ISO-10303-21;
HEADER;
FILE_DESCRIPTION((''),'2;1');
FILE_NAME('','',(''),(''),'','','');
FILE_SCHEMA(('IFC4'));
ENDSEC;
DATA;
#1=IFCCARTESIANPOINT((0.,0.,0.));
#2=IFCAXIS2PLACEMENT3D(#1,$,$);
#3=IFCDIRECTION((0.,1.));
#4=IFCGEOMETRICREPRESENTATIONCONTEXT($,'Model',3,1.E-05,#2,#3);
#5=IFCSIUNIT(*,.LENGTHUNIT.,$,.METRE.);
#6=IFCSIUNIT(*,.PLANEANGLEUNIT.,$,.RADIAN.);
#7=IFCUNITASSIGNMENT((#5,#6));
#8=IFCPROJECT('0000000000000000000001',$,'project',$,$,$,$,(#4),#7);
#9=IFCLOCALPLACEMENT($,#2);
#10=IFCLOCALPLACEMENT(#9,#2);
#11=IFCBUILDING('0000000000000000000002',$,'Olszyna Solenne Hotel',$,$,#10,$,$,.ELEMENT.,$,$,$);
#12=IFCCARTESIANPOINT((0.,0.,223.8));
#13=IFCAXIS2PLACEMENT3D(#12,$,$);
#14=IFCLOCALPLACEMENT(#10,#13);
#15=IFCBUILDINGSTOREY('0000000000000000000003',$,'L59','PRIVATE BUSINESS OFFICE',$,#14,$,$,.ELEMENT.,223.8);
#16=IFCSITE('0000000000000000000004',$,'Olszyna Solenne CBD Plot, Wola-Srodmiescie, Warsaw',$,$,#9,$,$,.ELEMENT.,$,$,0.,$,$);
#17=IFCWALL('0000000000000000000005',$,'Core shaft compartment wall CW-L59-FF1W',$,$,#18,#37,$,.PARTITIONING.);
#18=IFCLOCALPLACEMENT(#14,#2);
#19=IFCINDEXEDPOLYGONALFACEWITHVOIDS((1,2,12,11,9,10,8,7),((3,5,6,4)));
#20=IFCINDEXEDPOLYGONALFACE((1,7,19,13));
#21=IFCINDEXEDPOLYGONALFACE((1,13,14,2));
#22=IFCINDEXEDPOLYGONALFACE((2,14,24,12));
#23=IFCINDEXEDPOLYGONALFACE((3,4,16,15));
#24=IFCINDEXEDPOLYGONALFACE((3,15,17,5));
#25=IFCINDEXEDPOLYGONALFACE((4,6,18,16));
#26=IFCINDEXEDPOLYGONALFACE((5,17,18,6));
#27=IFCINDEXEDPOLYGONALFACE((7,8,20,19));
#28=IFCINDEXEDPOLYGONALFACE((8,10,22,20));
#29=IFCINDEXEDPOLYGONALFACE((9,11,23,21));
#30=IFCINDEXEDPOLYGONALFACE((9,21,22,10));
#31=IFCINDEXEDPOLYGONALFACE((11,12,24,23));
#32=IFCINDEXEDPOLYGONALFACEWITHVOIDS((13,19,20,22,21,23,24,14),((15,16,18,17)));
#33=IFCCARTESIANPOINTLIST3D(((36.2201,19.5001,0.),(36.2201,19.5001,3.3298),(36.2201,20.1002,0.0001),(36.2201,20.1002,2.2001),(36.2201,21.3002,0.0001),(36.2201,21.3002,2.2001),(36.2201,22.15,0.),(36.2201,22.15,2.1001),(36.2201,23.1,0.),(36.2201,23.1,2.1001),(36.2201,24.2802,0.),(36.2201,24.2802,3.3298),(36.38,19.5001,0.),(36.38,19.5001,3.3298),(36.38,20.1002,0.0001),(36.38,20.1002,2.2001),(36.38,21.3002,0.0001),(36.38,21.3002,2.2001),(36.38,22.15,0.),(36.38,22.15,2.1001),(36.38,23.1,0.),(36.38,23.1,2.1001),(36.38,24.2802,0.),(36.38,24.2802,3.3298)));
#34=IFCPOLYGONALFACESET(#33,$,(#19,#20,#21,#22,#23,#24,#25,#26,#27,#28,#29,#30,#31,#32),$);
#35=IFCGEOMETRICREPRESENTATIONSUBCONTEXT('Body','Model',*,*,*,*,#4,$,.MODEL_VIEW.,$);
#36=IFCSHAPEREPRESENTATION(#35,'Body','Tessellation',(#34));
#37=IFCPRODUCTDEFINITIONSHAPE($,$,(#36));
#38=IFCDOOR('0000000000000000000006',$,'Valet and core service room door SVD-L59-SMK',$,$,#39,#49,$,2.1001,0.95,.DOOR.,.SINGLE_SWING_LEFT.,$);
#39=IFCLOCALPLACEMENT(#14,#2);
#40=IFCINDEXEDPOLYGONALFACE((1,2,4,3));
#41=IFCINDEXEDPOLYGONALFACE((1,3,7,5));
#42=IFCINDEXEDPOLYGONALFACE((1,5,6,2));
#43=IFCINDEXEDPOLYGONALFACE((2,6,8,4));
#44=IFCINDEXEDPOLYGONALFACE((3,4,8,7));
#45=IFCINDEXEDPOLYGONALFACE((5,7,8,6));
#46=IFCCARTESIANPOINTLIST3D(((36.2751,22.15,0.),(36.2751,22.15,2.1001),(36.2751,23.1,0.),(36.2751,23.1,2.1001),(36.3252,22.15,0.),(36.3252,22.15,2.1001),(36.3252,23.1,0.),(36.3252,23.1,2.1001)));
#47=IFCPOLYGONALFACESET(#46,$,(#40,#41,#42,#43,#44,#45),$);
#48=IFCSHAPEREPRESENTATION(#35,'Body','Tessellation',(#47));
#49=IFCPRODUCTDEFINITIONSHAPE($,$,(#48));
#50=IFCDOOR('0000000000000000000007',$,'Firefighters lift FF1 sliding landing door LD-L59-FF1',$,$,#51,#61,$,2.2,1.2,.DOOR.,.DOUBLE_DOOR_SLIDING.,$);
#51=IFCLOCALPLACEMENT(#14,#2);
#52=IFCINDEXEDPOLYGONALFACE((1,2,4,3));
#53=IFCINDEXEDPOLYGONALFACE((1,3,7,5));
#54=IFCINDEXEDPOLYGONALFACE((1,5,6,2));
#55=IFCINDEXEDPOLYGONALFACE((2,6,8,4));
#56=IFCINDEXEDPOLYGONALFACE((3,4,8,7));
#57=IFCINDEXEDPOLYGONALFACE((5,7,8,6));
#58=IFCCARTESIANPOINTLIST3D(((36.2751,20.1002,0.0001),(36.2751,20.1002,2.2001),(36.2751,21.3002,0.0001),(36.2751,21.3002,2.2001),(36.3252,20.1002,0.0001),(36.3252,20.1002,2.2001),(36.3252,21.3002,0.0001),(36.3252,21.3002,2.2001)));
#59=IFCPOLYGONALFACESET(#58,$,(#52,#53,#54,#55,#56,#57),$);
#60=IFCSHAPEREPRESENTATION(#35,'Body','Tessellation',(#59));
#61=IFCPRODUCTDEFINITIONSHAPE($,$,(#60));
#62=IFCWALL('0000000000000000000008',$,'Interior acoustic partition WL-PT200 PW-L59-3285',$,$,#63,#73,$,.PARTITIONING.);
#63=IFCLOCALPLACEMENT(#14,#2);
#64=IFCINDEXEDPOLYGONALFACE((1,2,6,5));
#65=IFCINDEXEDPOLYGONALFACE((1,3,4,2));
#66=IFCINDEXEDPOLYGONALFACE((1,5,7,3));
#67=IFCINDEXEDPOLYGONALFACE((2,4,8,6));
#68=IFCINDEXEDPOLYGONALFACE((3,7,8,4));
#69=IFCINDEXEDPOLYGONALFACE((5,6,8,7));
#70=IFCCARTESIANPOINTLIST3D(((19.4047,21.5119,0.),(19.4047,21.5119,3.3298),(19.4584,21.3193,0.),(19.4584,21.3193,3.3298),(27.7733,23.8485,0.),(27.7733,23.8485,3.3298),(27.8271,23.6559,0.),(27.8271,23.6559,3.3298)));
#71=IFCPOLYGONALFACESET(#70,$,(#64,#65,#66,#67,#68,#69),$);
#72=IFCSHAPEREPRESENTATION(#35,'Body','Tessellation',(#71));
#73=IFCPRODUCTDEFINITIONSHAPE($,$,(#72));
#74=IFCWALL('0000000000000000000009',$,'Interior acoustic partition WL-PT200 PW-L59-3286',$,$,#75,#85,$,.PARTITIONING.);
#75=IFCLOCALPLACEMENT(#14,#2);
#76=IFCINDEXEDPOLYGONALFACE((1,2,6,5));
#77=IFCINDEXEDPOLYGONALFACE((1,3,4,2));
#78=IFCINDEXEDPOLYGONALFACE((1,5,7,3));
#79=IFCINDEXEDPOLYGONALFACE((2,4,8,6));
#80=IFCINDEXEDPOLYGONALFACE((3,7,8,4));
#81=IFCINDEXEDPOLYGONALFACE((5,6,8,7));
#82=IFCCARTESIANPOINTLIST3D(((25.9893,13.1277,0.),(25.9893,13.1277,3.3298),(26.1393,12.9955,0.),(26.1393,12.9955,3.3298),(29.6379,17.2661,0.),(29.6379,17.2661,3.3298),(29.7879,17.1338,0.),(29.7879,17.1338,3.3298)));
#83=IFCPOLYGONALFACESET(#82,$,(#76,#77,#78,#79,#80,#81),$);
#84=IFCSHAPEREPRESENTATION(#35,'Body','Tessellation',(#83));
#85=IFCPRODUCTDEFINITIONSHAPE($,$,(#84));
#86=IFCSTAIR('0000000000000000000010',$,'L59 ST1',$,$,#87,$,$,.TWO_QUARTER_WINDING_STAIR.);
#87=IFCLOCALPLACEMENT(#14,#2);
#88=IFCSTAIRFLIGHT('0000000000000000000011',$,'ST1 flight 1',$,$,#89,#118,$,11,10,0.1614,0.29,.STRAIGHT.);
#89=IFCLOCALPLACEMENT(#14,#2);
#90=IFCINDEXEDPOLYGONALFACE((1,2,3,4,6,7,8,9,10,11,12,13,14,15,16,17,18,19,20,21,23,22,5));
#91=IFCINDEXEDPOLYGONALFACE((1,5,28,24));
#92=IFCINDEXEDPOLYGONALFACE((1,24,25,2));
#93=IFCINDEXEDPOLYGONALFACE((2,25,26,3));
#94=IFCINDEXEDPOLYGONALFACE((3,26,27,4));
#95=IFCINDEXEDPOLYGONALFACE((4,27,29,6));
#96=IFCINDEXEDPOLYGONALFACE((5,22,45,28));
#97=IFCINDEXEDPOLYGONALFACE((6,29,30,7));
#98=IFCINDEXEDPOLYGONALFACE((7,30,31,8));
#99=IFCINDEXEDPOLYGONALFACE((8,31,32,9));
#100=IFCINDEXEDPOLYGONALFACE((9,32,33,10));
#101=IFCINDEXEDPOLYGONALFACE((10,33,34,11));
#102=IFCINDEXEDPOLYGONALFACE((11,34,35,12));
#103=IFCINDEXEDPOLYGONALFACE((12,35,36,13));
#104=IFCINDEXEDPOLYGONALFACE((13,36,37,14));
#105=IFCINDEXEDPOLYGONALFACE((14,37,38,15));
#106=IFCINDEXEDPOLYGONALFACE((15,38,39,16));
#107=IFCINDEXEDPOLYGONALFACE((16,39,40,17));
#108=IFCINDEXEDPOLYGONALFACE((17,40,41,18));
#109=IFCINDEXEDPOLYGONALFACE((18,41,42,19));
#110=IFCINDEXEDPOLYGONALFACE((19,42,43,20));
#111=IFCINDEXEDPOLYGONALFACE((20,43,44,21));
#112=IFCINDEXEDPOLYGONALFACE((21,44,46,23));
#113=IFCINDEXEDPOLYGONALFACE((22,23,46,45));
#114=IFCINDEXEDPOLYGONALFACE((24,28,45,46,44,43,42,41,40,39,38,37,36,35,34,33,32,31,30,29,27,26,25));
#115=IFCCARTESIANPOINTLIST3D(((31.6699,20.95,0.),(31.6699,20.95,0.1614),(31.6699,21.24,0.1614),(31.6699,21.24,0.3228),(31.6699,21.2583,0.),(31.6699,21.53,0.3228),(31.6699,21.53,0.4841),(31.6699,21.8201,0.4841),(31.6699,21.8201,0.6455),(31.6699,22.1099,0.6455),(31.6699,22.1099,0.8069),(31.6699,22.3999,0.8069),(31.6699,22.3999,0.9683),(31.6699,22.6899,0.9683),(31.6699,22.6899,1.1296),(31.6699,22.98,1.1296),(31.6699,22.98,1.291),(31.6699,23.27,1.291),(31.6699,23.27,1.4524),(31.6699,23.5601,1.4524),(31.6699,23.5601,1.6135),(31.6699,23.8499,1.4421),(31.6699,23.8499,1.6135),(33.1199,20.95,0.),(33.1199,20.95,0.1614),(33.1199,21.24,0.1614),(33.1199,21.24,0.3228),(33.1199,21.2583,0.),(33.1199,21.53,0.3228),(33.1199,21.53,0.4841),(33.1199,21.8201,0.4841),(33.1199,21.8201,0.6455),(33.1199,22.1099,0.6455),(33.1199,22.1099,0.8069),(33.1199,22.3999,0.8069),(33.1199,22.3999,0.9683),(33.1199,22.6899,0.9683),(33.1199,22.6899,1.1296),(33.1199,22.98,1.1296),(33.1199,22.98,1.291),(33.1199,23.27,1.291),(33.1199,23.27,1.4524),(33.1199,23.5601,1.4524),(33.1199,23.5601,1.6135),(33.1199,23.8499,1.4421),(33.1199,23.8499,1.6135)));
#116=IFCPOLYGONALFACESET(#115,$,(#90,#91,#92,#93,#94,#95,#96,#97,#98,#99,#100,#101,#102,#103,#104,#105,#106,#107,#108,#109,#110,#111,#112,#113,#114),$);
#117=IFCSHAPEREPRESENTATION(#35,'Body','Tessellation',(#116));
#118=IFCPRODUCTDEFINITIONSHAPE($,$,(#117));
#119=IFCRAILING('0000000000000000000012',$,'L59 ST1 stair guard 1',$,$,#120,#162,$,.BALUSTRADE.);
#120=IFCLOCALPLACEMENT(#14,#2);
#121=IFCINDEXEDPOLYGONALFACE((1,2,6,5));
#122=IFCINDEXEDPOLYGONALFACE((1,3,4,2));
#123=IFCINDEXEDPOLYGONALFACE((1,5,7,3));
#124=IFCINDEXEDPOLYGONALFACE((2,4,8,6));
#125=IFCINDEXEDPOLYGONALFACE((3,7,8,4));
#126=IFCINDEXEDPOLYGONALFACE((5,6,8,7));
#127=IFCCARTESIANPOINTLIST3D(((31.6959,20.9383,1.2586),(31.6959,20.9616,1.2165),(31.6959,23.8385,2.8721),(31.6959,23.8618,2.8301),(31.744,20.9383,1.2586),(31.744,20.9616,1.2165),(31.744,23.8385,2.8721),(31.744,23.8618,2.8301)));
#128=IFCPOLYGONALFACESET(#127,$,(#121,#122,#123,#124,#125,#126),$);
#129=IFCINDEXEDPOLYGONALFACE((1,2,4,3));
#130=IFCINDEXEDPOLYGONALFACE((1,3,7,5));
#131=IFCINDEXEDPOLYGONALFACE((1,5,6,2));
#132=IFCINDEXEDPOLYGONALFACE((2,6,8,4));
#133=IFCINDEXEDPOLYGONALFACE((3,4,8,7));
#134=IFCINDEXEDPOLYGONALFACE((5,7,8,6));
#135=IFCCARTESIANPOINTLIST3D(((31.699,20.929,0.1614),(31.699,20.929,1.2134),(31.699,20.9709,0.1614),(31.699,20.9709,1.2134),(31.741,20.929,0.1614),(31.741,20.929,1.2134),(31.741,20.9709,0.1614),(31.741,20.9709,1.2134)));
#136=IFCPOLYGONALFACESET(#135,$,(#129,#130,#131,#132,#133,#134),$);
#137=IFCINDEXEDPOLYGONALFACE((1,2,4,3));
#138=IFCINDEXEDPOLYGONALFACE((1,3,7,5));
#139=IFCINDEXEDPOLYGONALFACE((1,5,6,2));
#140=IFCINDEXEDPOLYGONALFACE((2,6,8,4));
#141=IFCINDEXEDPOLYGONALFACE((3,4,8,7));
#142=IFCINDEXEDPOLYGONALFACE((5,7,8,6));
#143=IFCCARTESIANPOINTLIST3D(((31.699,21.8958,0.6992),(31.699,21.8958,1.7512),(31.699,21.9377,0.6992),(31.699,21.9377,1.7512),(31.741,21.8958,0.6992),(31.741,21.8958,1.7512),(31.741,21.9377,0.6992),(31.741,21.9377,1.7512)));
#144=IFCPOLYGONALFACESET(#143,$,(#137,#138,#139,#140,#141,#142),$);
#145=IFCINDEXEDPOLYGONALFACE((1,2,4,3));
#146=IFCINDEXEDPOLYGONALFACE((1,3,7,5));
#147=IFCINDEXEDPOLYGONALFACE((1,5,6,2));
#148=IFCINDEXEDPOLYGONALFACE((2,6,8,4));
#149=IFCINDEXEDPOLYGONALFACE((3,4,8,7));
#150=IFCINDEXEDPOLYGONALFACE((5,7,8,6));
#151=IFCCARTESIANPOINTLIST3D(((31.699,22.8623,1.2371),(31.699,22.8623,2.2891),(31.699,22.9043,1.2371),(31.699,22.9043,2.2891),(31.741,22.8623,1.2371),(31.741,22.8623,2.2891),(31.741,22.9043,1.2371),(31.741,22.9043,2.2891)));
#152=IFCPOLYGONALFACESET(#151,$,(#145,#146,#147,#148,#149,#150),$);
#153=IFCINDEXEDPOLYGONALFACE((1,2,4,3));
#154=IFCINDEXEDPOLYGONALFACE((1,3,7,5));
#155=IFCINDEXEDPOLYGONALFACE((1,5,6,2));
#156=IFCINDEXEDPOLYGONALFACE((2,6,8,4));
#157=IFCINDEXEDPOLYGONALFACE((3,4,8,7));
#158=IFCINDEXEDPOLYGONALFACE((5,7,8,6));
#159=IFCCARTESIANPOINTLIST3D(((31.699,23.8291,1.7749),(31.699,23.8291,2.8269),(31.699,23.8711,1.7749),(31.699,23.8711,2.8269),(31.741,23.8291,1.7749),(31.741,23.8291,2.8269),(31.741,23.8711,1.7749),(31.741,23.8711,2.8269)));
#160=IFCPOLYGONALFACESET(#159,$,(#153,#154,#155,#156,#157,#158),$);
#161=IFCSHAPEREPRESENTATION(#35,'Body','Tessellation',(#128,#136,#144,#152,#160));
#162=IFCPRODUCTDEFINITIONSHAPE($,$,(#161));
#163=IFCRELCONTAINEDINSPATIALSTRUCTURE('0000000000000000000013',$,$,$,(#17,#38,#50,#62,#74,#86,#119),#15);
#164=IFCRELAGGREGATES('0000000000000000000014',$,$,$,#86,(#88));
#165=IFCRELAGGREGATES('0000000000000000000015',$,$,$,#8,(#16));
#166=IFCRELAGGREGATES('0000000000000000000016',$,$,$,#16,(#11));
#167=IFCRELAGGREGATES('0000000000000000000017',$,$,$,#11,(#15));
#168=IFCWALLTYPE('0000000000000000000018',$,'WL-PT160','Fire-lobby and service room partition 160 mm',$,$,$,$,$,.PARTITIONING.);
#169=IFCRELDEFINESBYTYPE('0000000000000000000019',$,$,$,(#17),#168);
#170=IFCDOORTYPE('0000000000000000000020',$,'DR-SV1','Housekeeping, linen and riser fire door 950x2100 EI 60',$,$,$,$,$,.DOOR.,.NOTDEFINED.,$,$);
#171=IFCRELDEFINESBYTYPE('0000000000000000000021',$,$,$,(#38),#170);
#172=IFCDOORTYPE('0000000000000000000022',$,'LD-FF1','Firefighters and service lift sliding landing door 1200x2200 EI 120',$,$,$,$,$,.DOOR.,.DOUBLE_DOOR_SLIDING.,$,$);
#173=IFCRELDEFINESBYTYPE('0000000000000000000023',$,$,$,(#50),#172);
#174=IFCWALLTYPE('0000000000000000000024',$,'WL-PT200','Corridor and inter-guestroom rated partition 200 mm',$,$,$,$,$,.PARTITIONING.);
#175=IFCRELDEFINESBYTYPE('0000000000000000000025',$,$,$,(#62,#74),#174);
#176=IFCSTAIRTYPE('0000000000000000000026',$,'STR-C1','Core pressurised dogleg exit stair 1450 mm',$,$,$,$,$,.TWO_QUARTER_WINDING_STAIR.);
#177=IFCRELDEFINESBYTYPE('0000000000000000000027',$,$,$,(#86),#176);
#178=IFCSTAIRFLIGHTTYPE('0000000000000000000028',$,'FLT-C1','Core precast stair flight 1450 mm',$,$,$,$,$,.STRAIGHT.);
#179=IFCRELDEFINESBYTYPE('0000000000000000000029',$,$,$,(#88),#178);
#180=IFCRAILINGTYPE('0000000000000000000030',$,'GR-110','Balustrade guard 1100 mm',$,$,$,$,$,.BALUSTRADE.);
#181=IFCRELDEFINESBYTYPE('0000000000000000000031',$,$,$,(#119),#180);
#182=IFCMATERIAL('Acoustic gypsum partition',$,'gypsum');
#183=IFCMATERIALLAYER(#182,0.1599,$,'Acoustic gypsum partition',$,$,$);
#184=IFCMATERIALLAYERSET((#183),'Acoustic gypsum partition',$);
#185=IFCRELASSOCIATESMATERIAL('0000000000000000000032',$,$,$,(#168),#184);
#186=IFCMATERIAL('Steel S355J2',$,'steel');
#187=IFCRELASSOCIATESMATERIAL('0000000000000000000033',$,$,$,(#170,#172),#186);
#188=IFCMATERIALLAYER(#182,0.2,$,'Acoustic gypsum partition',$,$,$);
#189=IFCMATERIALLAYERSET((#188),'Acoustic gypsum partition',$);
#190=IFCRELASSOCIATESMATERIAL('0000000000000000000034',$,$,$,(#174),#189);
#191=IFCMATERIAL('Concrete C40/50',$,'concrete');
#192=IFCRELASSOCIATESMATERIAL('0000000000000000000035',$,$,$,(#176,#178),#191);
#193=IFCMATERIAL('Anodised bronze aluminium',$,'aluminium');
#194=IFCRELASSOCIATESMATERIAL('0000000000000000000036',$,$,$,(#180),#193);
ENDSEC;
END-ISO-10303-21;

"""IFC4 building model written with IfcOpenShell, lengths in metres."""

from ifc_helpers import new_model, si_unit, direction, frame, frame_2d, origin, origin_2d, place, context, subcontext, project, spatial, polyline, rectangle, outline, extrude, source, transform, mapped, material, layer, layer_set, type_object, type_shapes, element, fill, aggregate, save


model = new_model("IFC4")

# Units and contexts
model_context = context("Model", 3, precision=1e-05, world=origin(), true_north=direction((0.0, 1.0)))
body_context = subcontext(model_context, "Body", "Model", "MODEL_VIEW")
ifc_project = project(units=[si_unit("LENGTHUNIT", "METRE"), si_unit("PLANEANGLEUNIT", "RADIAN")], contexts=[model_context])

# Site, building, storey
site_placement = place(None, origin())
site = spatial("IfcSite", under=ifc_project, at=site_placement, Name="Olszyna Solenne CBD Plot, Wola-Srodmiescie, Warsaw", CompositionType="ELEMENT", RefElevation=0.0)
building_placement = place(site_placement, origin())
building = spatial("IfcBuilding", under=site, at=building_placement, Name="Olszyna Solenne Hotel", CompositionType="ELEMENT")
storey_placement = place(building_placement, frame((0.0, 0.0, 223.8)))
storey = spatial("IfcBuildingStorey", under=building, at=storey_placement, Name="L59", Description="PRIVATE BUSINESS OFFICE", CompositionType="ELEMENT", Elevation=223.8)

# Shared definitions
ifc_material_1 = material(Name="Steel S355J2", Category="steel")

# Shared definitions
ifc_material_2 = material(Name="Anodised bronze aluminium", Category="aluminium")

# Shared definitions
ifc_material_3 = material(Name="Acoustic gypsum partition", Category="gypsum")
ifc_layer_1 = layer(ifc_material_3, 0.1599, Name="Acoustic gypsum partition")
ifc_layer_set_1 = layer_set([ifc_layer_1], Name="Acoustic gypsum partition")
wall_type_1 = type_object("IfcWallType", Name="WL-PT160", Description="Fire-lobby and service room partition 160 mm", PredefinedType="PARTITIONING", material=ifc_layer_set_1)

# Wall, openings, doors
wall_1_placement = place(storey_placement, frame((36.3, 19.5, 0.0), z_axis=(0.0, 0.0, 1.0), x_axis=(0.0, 1.0, 0.0)))
wall_1 = element("IfcWall", 1, at=wall_1_placement, inside=storey, type_object=wall_type_1, Name="Core shaft compartment wall CW-L59-FF1W", PredefinedType="PARTITIONING", context=body_context, shape_type="SweptSolid", body=[
    extrude(rectangle(XDim=4.78, YDim=0.1599, at=frame_2d((2.3901, 0.0))), origin(), (0.0, 0.0, 1.0), 3.3298),
])
opening_1_placement = place(wall_1_placement, frame((0.6001, 0.0, 0.0)))
opening_1 = element("IfcOpeningElement", 2, at=opening_1_placement, cuts=wall_1, PredefinedType="OPENING", context=body_context, shape_type="SweptSolid", body=[
    extrude(rectangle(XDim=1.2, YDim=2.2, at=frame_2d((0.6001, 1.1001))), frame((0.0, 0.0898, 0.0), z_axis=(0.0, -1.0, 0.0), x_axis=(1.0, 0.0, 0.0)), (0.0, 0.0, 1.0), 0.1799),
])
opening_2_placement = place(wall_1_placement, frame((2.6499, 0.0, 0.0)))
opening_2 = element("IfcOpeningElement", 3, at=opening_2_placement, cuts=wall_1, PredefinedType="OPENING", context=body_context, shape_type="SweptSolid", body=[
    extrude(rectangle(XDim=0.95, YDim=2.1001, at=frame_2d((0.4751, 1.05))), frame((0.0, 0.0898, 0.0), z_axis=(0.0, -1.0, 0.0), x_axis=(1.0, 0.0, 0.0)), (0.0, 0.0, 1.0), 0.1799),
])
door_type_1 = type_object("IfcDoorType", Name="DR-SV1", Description="Housekeeping, linen and riser fire door 950x2100 EI 60", OperationType="NOTDEFINED", PredefinedType="DOOR", material=ifc_material_1)
shared_shape_1 = source(origin(), body_context, "Body", "SweptSolid", [
    extrude(rectangle(XDim=0.95, YDim=2.1001, at=frame_2d((0.4751, 1.05))), frame((0.0, 0.0249, 0.0), z_axis=(0.0, -1.0, 0.0), x_axis=(1.0, 0.0, 0.0)), (0.0, 0.0, 1.0), 0.05),
])
type_shapes(door_type_1, [shared_shape_1])
door_1_placement = place(opening_2_placement, origin())
door_1 = element("IfcDoor", 4, at=door_1_placement, inside=storey, type_object=door_type_1, Name="Valet and core service room door SVD-L59-SMK", OperationType="SINGLE_SWING_LEFT", OverallHeight=2.1001, OverallWidth=0.95, PredefinedType="DOOR", context=body_context, shape_type="MappedRepresentation", body=[
    mapped(shared_shape_1, transform((0.0, 0.0, 0.0), x_axis=(1.0, 0.0, 0.0), y_axis=(0.0, 1.0, 0.0), z_axis=(0.0, 0.0, 1.0), scale=1.0)),
])
fill(opening_2, door_1)
door_type_2 = type_object("IfcDoorType", Name="LD-FF1", Description="Firefighters and service lift sliding landing door 1200x2200 EI 120", OperationType="DOUBLE_DOOR_SLIDING", PredefinedType="DOOR", material=ifc_material_1)
shared_shape_2 = source(origin(), body_context, "Body", "SweptSolid", [
    extrude(rectangle(XDim=1.2, YDim=2.2, at=frame_2d((0.6001, 1.1001))), frame((0.0, 0.0249, 0.0), z_axis=(0.0, -1.0, 0.0), x_axis=(1.0, 0.0, 0.0)), (0.0, 0.0, 1.0), 0.05),
])
type_shapes(door_type_2, [shared_shape_2])
door_2_placement = place(opening_1_placement, origin())
door_2 = element("IfcDoor", 5, at=door_2_placement, inside=storey, type_object=door_type_2, Name="Firefighters lift FF1 sliding landing door LD-L59-FF1", OperationType="DOUBLE_DOOR_SLIDING", OverallHeight=2.2, OverallWidth=1.2, PredefinedType="DOOR", context=body_context, shape_type="MappedRepresentation", body=[
    mapped(shared_shape_2, transform((0.0, 0.0, 0.0), x_axis=(1.0, 0.0, 0.0), y_axis=(0.0, 1.0, 0.0), z_axis=(0.0, 0.0, 1.0), scale=1.0)),
])
fill(opening_1, door_2)

# Walls
ifc_layer_2 = layer(ifc_material_3, 0.2, Name="Acoustic gypsum partition")
ifc_layer_set_2 = layer_set([ifc_layer_2], Name="Acoustic gypsum partition")
wall_type_2 = type_object("IfcWallType", Name="WL-PT200", Description="Corridor and inter-guestroom rated partition 200 mm", PredefinedType="PARTITIONING", material=ifc_layer_set_2)
wall_2_placement = place(storey_placement, frame((27.8, 23.7522, 0.0), z_axis=(0.0, 0.0, 1.0), x_axis=(-0.96316, -0.268931, 0.0)))
element("IfcWall", 6, at=wall_2_placement, inside=storey, type_object=wall_type_2, Name="Interior acoustic partition WL-PT200 PW-L59-3285", PredefinedType="PARTITIONING", context=body_context, shape_type="SweptSolid", body=[
    extrude(rectangle(XDim=8.6887, YDim=0.2, at=frame_2d((4.3442, 0.0))), origin(), (0.0, 0.0, 1.0), 3.3298),
])
wall_3_placement = place(storey_placement, frame((29.7129, 17.2, 0.0), z_axis=(0.0, 0.0, 1.0), x_axis=(-0.661329, -0.750096, 0.0)))
element("IfcWall", 7, at=wall_3_placement, inside=storey, type_object=wall_type_2, Name="Interior acoustic partition WL-PT200 PW-L59-3286", PredefinedType="PARTITIONING", context=body_context, shape_type="SweptSolid", body=[
    extrude(rectangle(XDim=5.5171, YDim=0.2, at=frame_2d((2.7585, 0.0))), origin(), (0.0, 0.0, 1.0), 3.3298),
])

# Stair, stair flight
ifc_material_4 = material(Name="Concrete C40/50", Category="concrete")
stair_type = type_object("IfcStairType", Name="STR-C1", Description="Core pressurised dogleg exit stair 1450 mm", PredefinedType="TWO_QUARTER_WINDING_STAIR", material=ifc_material_4)
stair_placement = place(storey_placement, origin())
stair = element("IfcStair", 8, at=stair_placement, inside=storey, type_object=stair_type, Name="L59 ST1", PredefinedType="TWO_QUARTER_WINDING_STAIR")
stair_flight_type = type_object("IfcStairFlightType", Name="FLT-C1", Description="Core precast stair flight 1450 mm", PredefinedType="STRAIGHT", material=ifc_material_4)
stair_flight_placement = place(storey_placement, frame((32.395, 20.95, 0.0), z_axis=(0.0, 0.0, 1.0), x_axis=(0.0, 1.0, 0.0)))
stair_flight = element("IfcStairFlight", 9, at=stair_flight_placement, type_object=stair_flight_type, Name="ST1 flight 1", NumberOfRisers=11, NumberOfTreads=10, PredefinedType="STRAIGHT", RiserHeight=0.1614, TreadLength=0.29, context=body_context, shape_type="SweptSolid", body=[
    extrude(outline(polyline([(0.0, 0.0), (0.0, 0.1614), (0.29, 0.1614), (0.29, 0.3228), (0.5801, 0.3228), (0.5801, 0.4841), (0.8701, 0.4841), (0.8701, 0.6455), (1.1599, 0.6455), (1.1599, 0.8069), (1.45, 0.8069), (1.45, 0.9683), (1.74, 0.9683), (1.74, 1.1296), (2.03, 1.1296), (2.03, 1.291), (2.3201, 1.291), (2.3201, 1.4524), (2.6101, 1.4524), (2.6101, 1.6135), (2.8999, 1.6135), (2.8999, 1.7749), (2.8999, 1.4421), (0.3083, 0.0), (0.0, 0.0)])), frame((0.0, 0.7251, 0.0), z_axis=(0.0, -1.0, 0.0), x_axis=(1.0, 0.0, 0.0)), (0.0, 0.0, 1.0), 1.45),
])
aggregate(stair, [stair_flight])

# Railing
railing_type_1 = type_object("IfcRailingType", Name="GR-110", Description="Balustrade guard 1100 mm", PredefinedType="BALUSTRADE", material=ifc_material_2)
railing_1_placement = place(storey_placement, frame((31.72, 20.95, 0.1614)))
element("IfcRailing", 10, at=railing_1_placement, inside=storey, type_object=railing_type_1, Name="L59 ST1 stair guard 1", PredefinedType="BALUSTRADE", context=body_context, shape_type="SweptSolid", body=[
    extrude(rectangle(XDim=0.0481, YDim=0.0481, at=origin_2d()), frame((0.0, 0.0, 1.0762), z_axis=(0.0, 0.873859, 0.48618), x_axis=(-1.0, 0.0, 0.0)), (0.0, 0.0, 1.0), 3.3188),
    extrude(rectangle(XDim=0.042, YDim=0.042, at=origin_2d()), origin(), (0.0, 0.0, 1.0), 1.052),
    extrude(rectangle(XDim=0.042, YDim=0.042, at=origin_2d()), frame((0.0, 0.9668, 0.5378)), (0.0, 0.0, 1.0), 1.052),
    extrude(rectangle(XDim=0.042, YDim=0.042, at=origin_2d()), frame((0.0, 1.9333, 1.0757)), (0.0, 0.0, 1.0), 1.052),
    extrude(rectangle(XDim=0.042, YDim=0.042, at=origin_2d()), frame((0.0, 2.9001, 1.6135)), (0.0, 0.0, 1.0), 1.052),
])

save(model, "model.ifc")
